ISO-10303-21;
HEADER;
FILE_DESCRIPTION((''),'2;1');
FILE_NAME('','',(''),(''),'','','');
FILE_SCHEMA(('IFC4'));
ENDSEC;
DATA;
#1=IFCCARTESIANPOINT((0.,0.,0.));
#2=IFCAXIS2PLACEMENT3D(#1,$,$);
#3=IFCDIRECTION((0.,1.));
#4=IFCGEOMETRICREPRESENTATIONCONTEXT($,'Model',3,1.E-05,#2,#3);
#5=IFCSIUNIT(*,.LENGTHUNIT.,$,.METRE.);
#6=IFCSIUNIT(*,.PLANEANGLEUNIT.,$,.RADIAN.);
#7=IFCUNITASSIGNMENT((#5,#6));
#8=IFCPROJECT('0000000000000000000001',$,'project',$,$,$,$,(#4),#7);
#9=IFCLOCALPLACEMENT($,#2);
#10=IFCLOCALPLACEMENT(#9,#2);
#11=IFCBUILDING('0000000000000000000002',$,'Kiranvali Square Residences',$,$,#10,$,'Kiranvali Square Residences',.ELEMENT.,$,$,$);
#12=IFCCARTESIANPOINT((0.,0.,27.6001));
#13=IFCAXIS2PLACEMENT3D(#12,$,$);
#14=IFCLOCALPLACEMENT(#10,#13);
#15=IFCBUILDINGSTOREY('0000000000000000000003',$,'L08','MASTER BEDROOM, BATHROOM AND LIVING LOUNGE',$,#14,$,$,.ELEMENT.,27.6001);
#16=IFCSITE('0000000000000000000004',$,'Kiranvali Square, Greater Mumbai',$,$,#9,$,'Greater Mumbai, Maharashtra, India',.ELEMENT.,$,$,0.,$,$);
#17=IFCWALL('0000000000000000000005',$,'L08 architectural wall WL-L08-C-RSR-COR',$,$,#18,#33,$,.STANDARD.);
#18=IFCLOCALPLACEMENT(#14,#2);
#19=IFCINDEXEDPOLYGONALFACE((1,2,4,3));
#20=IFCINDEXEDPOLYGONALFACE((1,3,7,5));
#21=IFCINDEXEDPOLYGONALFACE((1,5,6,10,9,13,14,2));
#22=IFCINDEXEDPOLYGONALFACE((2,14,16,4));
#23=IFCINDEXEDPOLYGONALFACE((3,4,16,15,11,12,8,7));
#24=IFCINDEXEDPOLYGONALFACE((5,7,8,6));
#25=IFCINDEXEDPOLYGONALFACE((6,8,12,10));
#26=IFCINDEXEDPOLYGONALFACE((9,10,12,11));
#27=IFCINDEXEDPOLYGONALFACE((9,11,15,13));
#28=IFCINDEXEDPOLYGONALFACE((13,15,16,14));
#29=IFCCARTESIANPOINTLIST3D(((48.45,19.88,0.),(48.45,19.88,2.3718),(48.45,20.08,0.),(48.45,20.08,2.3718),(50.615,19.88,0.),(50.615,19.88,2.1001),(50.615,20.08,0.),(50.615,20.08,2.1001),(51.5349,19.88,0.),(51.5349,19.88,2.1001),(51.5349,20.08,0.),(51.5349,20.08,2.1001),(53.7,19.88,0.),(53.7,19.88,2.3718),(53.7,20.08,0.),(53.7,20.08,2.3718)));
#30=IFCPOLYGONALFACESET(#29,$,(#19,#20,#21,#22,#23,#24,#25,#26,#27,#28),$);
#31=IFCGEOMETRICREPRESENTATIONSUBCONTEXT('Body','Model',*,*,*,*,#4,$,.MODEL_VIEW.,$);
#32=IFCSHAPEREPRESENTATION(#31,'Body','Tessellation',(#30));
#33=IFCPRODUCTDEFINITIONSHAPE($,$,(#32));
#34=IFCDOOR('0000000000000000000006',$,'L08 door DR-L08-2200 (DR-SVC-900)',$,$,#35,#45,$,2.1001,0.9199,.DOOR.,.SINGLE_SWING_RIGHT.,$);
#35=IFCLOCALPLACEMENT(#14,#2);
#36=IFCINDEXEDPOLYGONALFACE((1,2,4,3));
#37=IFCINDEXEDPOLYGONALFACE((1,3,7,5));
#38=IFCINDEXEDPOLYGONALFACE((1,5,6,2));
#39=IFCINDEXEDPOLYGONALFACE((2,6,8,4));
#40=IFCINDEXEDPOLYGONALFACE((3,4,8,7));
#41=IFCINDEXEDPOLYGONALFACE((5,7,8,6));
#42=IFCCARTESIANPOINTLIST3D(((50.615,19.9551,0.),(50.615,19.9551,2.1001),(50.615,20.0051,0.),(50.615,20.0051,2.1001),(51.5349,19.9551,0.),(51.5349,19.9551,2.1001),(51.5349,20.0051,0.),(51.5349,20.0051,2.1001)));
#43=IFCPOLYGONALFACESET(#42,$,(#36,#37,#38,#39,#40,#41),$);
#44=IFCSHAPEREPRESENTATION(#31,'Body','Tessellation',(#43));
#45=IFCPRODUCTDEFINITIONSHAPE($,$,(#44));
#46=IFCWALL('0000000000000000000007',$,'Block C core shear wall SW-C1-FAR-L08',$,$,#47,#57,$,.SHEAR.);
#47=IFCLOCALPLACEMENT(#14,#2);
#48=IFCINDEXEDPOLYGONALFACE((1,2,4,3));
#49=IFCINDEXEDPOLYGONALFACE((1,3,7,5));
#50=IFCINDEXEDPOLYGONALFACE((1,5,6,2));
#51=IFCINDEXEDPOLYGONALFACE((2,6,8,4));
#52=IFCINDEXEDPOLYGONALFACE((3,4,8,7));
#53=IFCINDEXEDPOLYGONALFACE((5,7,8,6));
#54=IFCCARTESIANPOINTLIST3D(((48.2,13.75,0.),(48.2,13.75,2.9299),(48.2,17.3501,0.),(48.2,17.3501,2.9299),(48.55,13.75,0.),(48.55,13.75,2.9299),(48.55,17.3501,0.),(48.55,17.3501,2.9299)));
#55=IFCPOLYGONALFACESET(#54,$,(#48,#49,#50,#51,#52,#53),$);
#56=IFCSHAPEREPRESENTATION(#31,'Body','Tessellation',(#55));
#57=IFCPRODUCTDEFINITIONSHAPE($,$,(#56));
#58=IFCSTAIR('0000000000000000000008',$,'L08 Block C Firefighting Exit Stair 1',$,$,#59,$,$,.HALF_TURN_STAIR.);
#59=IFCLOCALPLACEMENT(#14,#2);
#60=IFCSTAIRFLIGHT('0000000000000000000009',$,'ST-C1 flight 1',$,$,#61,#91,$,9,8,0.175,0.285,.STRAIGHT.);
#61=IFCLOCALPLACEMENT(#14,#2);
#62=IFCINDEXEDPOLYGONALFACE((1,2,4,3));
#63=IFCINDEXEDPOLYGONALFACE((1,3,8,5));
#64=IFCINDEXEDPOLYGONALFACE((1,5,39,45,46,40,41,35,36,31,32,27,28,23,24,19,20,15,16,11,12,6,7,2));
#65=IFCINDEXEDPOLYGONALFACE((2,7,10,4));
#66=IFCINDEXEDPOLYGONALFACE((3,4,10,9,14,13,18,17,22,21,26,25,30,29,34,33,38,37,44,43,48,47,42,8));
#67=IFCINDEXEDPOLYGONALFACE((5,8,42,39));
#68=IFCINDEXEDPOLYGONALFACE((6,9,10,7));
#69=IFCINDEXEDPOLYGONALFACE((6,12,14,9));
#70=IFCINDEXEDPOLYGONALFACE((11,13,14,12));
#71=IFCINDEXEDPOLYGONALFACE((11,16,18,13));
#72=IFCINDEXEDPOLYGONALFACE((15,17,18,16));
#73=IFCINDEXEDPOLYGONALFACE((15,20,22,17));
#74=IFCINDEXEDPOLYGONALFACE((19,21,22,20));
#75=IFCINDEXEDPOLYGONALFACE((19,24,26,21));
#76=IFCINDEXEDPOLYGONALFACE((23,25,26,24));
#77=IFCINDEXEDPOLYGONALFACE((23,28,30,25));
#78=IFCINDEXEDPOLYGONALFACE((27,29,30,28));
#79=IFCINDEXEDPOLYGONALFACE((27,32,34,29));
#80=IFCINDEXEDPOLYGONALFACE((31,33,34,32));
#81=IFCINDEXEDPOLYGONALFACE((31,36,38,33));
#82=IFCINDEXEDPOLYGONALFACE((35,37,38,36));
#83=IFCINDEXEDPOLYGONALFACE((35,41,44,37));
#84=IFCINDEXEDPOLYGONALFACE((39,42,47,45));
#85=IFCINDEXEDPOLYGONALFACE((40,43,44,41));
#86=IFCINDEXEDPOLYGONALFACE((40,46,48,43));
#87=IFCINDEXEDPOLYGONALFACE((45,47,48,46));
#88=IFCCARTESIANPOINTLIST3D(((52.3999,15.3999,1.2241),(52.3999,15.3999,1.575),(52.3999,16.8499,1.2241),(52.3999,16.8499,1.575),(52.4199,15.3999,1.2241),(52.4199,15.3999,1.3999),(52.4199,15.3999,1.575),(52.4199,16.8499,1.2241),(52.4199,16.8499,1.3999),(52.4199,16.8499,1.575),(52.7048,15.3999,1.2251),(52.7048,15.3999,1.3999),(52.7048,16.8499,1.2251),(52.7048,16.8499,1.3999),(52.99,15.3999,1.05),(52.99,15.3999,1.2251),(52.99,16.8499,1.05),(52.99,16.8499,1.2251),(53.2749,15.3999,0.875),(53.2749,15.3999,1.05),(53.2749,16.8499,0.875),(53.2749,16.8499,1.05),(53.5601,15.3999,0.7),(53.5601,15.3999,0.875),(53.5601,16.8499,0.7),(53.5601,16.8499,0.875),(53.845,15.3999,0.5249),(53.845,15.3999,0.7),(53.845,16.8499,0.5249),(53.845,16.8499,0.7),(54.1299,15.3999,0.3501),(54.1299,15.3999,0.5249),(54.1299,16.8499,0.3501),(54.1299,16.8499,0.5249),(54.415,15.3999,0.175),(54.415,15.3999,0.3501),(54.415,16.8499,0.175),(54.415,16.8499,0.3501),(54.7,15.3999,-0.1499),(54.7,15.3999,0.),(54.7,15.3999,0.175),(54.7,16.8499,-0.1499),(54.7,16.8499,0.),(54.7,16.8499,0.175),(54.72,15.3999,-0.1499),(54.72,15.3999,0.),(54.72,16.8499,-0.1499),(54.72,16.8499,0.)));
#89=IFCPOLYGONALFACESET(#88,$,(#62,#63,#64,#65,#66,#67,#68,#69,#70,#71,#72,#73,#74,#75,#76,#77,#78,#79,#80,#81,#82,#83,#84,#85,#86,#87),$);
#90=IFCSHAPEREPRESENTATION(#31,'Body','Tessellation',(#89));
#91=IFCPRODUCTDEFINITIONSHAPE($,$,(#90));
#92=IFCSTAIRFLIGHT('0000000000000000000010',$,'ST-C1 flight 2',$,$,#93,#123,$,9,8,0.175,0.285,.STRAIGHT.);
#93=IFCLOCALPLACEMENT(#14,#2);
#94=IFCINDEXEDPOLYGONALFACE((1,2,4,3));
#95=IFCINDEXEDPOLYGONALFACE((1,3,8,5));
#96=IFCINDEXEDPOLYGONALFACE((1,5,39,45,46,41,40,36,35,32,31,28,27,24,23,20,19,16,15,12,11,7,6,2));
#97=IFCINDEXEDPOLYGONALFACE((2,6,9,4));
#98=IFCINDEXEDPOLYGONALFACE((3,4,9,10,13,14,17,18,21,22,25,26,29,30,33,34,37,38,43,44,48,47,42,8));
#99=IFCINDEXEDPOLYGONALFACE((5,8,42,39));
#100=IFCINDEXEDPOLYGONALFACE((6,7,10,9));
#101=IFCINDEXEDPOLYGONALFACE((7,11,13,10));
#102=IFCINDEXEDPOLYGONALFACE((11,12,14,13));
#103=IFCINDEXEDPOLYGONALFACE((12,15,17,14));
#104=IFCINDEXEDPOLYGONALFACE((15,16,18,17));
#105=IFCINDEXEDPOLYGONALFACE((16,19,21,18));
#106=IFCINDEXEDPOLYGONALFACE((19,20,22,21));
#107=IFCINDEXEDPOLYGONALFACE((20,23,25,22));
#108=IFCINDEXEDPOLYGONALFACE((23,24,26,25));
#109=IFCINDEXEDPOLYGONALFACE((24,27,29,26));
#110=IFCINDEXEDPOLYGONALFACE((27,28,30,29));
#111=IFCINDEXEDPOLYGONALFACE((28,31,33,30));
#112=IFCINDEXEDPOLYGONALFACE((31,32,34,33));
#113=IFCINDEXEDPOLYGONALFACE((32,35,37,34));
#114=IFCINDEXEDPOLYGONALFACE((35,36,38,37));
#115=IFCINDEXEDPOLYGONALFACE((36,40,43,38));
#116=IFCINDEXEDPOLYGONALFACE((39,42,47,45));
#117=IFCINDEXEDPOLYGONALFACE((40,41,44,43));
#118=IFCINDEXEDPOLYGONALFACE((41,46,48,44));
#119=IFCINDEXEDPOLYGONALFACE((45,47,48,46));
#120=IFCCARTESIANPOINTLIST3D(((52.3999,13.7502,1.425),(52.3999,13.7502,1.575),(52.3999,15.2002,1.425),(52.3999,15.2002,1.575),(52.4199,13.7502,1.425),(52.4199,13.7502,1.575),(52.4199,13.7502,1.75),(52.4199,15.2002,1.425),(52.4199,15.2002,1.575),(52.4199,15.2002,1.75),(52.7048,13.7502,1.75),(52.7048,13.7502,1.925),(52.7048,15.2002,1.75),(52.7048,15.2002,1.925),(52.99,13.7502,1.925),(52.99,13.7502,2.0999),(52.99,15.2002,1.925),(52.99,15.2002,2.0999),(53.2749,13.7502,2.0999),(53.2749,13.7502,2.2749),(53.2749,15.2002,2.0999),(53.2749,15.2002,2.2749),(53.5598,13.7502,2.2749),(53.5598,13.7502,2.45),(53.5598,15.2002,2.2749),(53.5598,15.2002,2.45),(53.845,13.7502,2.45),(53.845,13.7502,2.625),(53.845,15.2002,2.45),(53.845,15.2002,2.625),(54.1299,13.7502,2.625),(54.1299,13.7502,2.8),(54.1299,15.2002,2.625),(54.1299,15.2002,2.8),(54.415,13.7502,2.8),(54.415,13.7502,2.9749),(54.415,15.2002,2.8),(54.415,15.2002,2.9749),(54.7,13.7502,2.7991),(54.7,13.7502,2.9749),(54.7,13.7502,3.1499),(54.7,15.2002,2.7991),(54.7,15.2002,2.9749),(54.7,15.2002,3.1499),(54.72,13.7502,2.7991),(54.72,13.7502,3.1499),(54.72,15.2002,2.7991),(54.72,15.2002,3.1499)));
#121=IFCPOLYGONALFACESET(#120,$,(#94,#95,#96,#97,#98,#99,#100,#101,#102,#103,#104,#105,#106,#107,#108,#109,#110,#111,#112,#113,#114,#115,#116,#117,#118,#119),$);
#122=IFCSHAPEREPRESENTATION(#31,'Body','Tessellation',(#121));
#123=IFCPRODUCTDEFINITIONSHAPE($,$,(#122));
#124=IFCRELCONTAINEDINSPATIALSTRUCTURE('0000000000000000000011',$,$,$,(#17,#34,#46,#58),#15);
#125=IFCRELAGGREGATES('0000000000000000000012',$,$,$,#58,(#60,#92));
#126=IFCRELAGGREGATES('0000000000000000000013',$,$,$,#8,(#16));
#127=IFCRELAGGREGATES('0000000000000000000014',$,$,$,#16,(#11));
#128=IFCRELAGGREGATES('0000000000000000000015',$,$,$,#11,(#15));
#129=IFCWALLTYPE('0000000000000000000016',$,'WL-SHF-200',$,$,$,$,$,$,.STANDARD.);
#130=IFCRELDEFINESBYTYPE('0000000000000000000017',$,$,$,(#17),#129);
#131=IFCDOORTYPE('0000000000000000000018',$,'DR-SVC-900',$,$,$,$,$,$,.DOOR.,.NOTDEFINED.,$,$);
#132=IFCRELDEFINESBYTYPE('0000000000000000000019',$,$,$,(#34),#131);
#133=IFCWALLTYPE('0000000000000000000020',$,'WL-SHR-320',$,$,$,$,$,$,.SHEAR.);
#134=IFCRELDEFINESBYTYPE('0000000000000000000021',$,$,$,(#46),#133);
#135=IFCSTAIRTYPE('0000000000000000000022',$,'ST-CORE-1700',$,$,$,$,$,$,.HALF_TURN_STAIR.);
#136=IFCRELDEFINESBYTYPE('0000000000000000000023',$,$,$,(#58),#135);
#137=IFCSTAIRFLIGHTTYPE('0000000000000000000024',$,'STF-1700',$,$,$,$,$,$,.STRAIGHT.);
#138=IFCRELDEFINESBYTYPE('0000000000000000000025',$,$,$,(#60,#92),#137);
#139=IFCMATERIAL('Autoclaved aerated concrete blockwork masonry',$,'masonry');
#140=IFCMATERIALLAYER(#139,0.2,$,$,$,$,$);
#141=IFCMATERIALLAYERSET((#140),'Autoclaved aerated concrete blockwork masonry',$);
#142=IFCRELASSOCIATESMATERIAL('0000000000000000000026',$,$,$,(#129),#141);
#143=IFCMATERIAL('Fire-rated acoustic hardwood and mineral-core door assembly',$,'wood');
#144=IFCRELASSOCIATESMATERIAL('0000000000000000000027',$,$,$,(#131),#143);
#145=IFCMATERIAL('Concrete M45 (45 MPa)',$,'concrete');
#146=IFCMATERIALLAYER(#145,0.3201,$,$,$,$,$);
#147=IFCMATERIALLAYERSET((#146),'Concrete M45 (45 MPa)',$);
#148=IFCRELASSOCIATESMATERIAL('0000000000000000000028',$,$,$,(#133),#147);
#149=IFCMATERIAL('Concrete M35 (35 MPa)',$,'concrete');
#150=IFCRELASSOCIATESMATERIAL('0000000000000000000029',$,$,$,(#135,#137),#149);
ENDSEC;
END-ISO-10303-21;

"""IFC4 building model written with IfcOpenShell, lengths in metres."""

from ifc_helpers import new_model, si_unit, direction, frame, frame_2d, origin, place, context, subcontext, project, spatial, polyline, rectangle, outline, extrude, material, layer, layer_set, type_object, element, fill, aggregate, save


model = new_model("IFC4")

# Units and contexts
model_context = context("Model", 3, precision=1e-05, world=origin(), true_north=direction((0.0, 1.0)))
body_context = subcontext(model_context, "Body", "Model", "MODEL_VIEW")
ifc_project = project(units=[si_unit("LENGTHUNIT", "METRE"), si_unit("PLANEANGLEUNIT", "RADIAN")], contexts=[model_context])

# Site, building, storey
site_placement = place(None, origin())
site = spatial("IfcSite", under=ifc_project, at=site_placement, Name="Kiranvali Square, Greater Mumbai", LongName="Greater Mumbai, Maharashtra, India", CompositionType="ELEMENT", RefElevation=0.0)
building_placement = place(site_placement, origin())
building = spatial("IfcBuilding", under=site, at=building_placement, Name="Kiranvali Square Residences", LongName="Kiranvali Square Residences", CompositionType="ELEMENT")
storey_placement = place(building_placement, frame((0.0, 0.0, 27.6001)))
storey = spatial("IfcBuildingStorey", under=building, at=storey_placement, Name="L08", Description="MASTER BEDROOM, BATHROOM AND LIVING LOUNGE", CompositionType="ELEMENT", Elevation=27.6001)

# Shared definitions
ifc_material_1 = material(Name="Concrete M45 (45 MPa)", Category="concrete")

# Shared definitions
ifc_material_2 = material(Name="Autoclaved aerated concrete blockwork masonry", Category="masonry")
ifc_material_3 = material(Name="Fire-rated acoustic hardwood and mineral-core door assembly", Category="wood")

# Wall, opening, door
ifc_layer_1 = layer(ifc_material_2, 0.2)
ifc_layer_set_1 = layer_set([ifc_layer_1], Name="Autoclaved aerated concrete blockwork masonry")
wall_type_1 = type_object("IfcWallType", Name="WL-SHF-200", PredefinedType="STANDARD", material=ifc_layer_set_1)
wall_1_placement = place(storey_placement, frame((48.45, 19.98, 0.0), z_axis=(0.0, 0.0, 1.0), x_axis=(1.0, 0.0, 0.0)))
wall_1 = element("IfcWall", 1, at=wall_1_placement, inside=storey, type_object=wall_type_1, Name="L08 architectural wall WL-L08-C-RSR-COR", PredefinedType="STANDARD", context=body_context, shape_type="SweptSolid", body=[
    extrude(rectangle(XDim=5.25, YDim=0.2, at=frame_2d((2.625, 0.0))), origin(), (0.0, 0.0, 1.0), 2.3718),
])
opening_1_placement = place(wall_1_placement, frame((2.165, 0.0, 0.0)))
opening_1 = element("IfcOpeningElement", 2, at=opening_1_placement, cuts=wall_1, PredefinedType="OPENING", context=body_context, shape_type="SweptSolid", body=[
    extrude(rectangle(XDim=0.9199, YDim=2.1001, at=frame_2d((0.46, 1.05))), frame((0.0, 0.1099, 0.0), z_axis=(0.0, -1.0, 0.0), x_axis=(1.0, 0.0, 0.0)), (0.0, 0.0, 1.0), 0.22),
])
door_type_1 = type_object("IfcDoorType", Name="DR-SVC-900", OperationType="NOTDEFINED", PredefinedType="DOOR", material=ifc_material_3)
door_1_placement = place(opening_1_placement, frame((0.9199, 0.0, 0.0), z_axis=(0.0, 0.0, 1.0), x_axis=(-1.0, 0.0, 0.0)))
door_1 = element("IfcDoor", 3, at=door_1_placement, inside=storey, type_object=door_type_1, Name="L08 door DR-L08-2200 (DR-SVC-900)", OperationType="SINGLE_SWING_RIGHT", OverallHeight=2.1001, OverallWidth=0.9199, PredefinedType="DOOR", context=body_context, shape_type="SweptSolid", body=[
    extrude(rectangle(XDim=0.9199, YDim=2.1001, at=frame_2d((0.46, 1.05))), frame((0.0, 0.0249, 0.0), z_axis=(0.0, -1.0, 0.0), x_axis=(1.0, 0.0, 0.0)), (0.0, 0.0, 1.0), 0.05),
])
fill(opening_1, door_1)
ifc_layer_2 = layer(ifc_material_1, 0.3201)
ifc_layer_set_2 = layer_set([ifc_layer_2], Name="Concrete M45 (45 MPa)")
wall_type_2 = type_object("IfcWallType", Name="WL-SHR-320", PredefinedType="SHEAR", material=ifc_layer_set_2)

# Wall
wall_2_placement = place(storey_placement, frame((48.375, 17.3501, 0.0), z_axis=(0.0, 0.0, 1.0), x_axis=(0.0, -1.0, 0.0)))
element("IfcWall", 4, at=wall_2_placement, inside=storey, type_object=wall_type_2, Name="Block C core shear wall SW-C1-FAR-L08", PredefinedType="SHEAR", context=body_context, shape_type="SweptSolid", body=[
    extrude(rectangle(XDim=3.6001, YDim=0.3501, at=frame_2d((1.8, 0.0))), origin(), (0.0, 0.0, 1.0), 2.9299),
])

# Stair, stair flights
ifc_material_4 = material(Name="Concrete M35 (35 MPa)", Category="concrete")
stair_type = type_object("IfcStairType", Name="ST-CORE-1700", PredefinedType="HALF_TURN_STAIR", material=ifc_material_4)
stair_placement = place(storey_placement, origin())
stair = element("IfcStair", 5, at=stair_placement, inside=storey, type_object=stair_type, Name="L08 Block C Firefighting Exit Stair 1", PredefinedType="HALF_TURN_STAIR")
stair_flight_type = type_object("IfcStairFlightType", Name="STF-1700", PredefinedType="STRAIGHT", material=ifc_material_4)
stair_flight_1_placement = place(storey_placement, frame((54.7, 16.125, 0.0), z_axis=(0.0, 0.0, 1.0), x_axis=(-1.0, 0.0, 0.0)))
stair_flight_1 = element("IfcStairFlight", 6, at=stair_flight_1_placement, type_object=stair_flight_type, Name="ST-C1 flight 1", NumberOfRisers=9, NumberOfTreads=8, PredefinedType="STRAIGHT", RiserHeight=0.175, TreadLength=0.285, context=body_context, shape_type="SweptSolid", body=[
    extrude(outline(polyline([(-0.02, -0.1499), (-0.02, 0.0), (0.0, 0.0), (0.0, 0.175), (0.2849, 0.175), (0.2849, 0.3501), (0.5701, 0.3501), (0.5701, 0.5249), (0.855, 0.5249), (0.855, 0.7), (1.1399, 0.7), (1.1399, 0.875), (1.425, 0.875), (1.425, 1.05), (1.71, 1.05), (1.71, 1.2251), (1.9951, 1.2251), (1.9951, 1.3999), (2.28, 1.3999), (2.28, 1.575), (2.3, 1.575), (2.3, 1.2241), (2.28, 1.2241), (0.0, -0.1499), (-0.02, -0.1499)])), frame((0.0, 0.7251, 0.0), z_axis=(0.0, -1.0, 0.0), x_axis=(1.0, 0.0, 0.0)), (0.0, 0.0, 1.0), 1.45),
])
stair_flight_2_placement = place(storey_placement, frame((52.4199, 14.4751, 1.575), z_axis=(0.0, 0.0, 1.0), x_axis=(1.0, 0.0, 0.0)))
stair_flight_2 = element("IfcStairFlight", 7, at=stair_flight_2_placement, type_object=stair_flight_type, Name="ST-C1 flight 2", NumberOfRisers=9, NumberOfTreads=8, PredefinedType="STRAIGHT", RiserHeight=0.175, TreadLength=0.285, context=body_context, shape_type="SweptSolid", body=[
    extrude(outline(polyline([(-0.02, -0.1499), (-0.02, 0.0), (0.0, 0.0), (0.0, 0.175), (0.2849, 0.175), (0.2849, 0.3501), (0.5701, 0.3501), (0.5701, 0.5249), (0.855, 0.5249), (0.855, 0.7), (1.1399, 0.7), (1.1399, 0.875), (1.425, 0.875), (1.425, 1.05), (1.71, 1.05), (1.71, 1.2251), (1.9951, 1.2251), (1.9951, 1.3999), (2.28, 1.3999), (2.28, 1.575), (2.3, 1.575), (2.3, 1.2241), (2.28, 1.2241), (0.0, -0.1499), (-0.02, -0.1499)])), frame((0.0, 0.7251, 0.0), z_axis=(0.0, -1.0, 0.0), x_axis=(1.0, 0.0, 0.0)), (0.0, 0.0, 1.0), 1.45),
])
aggregate(stair, [stair_flight_1, stair_flight_2])

save(model, "model.ifc")
